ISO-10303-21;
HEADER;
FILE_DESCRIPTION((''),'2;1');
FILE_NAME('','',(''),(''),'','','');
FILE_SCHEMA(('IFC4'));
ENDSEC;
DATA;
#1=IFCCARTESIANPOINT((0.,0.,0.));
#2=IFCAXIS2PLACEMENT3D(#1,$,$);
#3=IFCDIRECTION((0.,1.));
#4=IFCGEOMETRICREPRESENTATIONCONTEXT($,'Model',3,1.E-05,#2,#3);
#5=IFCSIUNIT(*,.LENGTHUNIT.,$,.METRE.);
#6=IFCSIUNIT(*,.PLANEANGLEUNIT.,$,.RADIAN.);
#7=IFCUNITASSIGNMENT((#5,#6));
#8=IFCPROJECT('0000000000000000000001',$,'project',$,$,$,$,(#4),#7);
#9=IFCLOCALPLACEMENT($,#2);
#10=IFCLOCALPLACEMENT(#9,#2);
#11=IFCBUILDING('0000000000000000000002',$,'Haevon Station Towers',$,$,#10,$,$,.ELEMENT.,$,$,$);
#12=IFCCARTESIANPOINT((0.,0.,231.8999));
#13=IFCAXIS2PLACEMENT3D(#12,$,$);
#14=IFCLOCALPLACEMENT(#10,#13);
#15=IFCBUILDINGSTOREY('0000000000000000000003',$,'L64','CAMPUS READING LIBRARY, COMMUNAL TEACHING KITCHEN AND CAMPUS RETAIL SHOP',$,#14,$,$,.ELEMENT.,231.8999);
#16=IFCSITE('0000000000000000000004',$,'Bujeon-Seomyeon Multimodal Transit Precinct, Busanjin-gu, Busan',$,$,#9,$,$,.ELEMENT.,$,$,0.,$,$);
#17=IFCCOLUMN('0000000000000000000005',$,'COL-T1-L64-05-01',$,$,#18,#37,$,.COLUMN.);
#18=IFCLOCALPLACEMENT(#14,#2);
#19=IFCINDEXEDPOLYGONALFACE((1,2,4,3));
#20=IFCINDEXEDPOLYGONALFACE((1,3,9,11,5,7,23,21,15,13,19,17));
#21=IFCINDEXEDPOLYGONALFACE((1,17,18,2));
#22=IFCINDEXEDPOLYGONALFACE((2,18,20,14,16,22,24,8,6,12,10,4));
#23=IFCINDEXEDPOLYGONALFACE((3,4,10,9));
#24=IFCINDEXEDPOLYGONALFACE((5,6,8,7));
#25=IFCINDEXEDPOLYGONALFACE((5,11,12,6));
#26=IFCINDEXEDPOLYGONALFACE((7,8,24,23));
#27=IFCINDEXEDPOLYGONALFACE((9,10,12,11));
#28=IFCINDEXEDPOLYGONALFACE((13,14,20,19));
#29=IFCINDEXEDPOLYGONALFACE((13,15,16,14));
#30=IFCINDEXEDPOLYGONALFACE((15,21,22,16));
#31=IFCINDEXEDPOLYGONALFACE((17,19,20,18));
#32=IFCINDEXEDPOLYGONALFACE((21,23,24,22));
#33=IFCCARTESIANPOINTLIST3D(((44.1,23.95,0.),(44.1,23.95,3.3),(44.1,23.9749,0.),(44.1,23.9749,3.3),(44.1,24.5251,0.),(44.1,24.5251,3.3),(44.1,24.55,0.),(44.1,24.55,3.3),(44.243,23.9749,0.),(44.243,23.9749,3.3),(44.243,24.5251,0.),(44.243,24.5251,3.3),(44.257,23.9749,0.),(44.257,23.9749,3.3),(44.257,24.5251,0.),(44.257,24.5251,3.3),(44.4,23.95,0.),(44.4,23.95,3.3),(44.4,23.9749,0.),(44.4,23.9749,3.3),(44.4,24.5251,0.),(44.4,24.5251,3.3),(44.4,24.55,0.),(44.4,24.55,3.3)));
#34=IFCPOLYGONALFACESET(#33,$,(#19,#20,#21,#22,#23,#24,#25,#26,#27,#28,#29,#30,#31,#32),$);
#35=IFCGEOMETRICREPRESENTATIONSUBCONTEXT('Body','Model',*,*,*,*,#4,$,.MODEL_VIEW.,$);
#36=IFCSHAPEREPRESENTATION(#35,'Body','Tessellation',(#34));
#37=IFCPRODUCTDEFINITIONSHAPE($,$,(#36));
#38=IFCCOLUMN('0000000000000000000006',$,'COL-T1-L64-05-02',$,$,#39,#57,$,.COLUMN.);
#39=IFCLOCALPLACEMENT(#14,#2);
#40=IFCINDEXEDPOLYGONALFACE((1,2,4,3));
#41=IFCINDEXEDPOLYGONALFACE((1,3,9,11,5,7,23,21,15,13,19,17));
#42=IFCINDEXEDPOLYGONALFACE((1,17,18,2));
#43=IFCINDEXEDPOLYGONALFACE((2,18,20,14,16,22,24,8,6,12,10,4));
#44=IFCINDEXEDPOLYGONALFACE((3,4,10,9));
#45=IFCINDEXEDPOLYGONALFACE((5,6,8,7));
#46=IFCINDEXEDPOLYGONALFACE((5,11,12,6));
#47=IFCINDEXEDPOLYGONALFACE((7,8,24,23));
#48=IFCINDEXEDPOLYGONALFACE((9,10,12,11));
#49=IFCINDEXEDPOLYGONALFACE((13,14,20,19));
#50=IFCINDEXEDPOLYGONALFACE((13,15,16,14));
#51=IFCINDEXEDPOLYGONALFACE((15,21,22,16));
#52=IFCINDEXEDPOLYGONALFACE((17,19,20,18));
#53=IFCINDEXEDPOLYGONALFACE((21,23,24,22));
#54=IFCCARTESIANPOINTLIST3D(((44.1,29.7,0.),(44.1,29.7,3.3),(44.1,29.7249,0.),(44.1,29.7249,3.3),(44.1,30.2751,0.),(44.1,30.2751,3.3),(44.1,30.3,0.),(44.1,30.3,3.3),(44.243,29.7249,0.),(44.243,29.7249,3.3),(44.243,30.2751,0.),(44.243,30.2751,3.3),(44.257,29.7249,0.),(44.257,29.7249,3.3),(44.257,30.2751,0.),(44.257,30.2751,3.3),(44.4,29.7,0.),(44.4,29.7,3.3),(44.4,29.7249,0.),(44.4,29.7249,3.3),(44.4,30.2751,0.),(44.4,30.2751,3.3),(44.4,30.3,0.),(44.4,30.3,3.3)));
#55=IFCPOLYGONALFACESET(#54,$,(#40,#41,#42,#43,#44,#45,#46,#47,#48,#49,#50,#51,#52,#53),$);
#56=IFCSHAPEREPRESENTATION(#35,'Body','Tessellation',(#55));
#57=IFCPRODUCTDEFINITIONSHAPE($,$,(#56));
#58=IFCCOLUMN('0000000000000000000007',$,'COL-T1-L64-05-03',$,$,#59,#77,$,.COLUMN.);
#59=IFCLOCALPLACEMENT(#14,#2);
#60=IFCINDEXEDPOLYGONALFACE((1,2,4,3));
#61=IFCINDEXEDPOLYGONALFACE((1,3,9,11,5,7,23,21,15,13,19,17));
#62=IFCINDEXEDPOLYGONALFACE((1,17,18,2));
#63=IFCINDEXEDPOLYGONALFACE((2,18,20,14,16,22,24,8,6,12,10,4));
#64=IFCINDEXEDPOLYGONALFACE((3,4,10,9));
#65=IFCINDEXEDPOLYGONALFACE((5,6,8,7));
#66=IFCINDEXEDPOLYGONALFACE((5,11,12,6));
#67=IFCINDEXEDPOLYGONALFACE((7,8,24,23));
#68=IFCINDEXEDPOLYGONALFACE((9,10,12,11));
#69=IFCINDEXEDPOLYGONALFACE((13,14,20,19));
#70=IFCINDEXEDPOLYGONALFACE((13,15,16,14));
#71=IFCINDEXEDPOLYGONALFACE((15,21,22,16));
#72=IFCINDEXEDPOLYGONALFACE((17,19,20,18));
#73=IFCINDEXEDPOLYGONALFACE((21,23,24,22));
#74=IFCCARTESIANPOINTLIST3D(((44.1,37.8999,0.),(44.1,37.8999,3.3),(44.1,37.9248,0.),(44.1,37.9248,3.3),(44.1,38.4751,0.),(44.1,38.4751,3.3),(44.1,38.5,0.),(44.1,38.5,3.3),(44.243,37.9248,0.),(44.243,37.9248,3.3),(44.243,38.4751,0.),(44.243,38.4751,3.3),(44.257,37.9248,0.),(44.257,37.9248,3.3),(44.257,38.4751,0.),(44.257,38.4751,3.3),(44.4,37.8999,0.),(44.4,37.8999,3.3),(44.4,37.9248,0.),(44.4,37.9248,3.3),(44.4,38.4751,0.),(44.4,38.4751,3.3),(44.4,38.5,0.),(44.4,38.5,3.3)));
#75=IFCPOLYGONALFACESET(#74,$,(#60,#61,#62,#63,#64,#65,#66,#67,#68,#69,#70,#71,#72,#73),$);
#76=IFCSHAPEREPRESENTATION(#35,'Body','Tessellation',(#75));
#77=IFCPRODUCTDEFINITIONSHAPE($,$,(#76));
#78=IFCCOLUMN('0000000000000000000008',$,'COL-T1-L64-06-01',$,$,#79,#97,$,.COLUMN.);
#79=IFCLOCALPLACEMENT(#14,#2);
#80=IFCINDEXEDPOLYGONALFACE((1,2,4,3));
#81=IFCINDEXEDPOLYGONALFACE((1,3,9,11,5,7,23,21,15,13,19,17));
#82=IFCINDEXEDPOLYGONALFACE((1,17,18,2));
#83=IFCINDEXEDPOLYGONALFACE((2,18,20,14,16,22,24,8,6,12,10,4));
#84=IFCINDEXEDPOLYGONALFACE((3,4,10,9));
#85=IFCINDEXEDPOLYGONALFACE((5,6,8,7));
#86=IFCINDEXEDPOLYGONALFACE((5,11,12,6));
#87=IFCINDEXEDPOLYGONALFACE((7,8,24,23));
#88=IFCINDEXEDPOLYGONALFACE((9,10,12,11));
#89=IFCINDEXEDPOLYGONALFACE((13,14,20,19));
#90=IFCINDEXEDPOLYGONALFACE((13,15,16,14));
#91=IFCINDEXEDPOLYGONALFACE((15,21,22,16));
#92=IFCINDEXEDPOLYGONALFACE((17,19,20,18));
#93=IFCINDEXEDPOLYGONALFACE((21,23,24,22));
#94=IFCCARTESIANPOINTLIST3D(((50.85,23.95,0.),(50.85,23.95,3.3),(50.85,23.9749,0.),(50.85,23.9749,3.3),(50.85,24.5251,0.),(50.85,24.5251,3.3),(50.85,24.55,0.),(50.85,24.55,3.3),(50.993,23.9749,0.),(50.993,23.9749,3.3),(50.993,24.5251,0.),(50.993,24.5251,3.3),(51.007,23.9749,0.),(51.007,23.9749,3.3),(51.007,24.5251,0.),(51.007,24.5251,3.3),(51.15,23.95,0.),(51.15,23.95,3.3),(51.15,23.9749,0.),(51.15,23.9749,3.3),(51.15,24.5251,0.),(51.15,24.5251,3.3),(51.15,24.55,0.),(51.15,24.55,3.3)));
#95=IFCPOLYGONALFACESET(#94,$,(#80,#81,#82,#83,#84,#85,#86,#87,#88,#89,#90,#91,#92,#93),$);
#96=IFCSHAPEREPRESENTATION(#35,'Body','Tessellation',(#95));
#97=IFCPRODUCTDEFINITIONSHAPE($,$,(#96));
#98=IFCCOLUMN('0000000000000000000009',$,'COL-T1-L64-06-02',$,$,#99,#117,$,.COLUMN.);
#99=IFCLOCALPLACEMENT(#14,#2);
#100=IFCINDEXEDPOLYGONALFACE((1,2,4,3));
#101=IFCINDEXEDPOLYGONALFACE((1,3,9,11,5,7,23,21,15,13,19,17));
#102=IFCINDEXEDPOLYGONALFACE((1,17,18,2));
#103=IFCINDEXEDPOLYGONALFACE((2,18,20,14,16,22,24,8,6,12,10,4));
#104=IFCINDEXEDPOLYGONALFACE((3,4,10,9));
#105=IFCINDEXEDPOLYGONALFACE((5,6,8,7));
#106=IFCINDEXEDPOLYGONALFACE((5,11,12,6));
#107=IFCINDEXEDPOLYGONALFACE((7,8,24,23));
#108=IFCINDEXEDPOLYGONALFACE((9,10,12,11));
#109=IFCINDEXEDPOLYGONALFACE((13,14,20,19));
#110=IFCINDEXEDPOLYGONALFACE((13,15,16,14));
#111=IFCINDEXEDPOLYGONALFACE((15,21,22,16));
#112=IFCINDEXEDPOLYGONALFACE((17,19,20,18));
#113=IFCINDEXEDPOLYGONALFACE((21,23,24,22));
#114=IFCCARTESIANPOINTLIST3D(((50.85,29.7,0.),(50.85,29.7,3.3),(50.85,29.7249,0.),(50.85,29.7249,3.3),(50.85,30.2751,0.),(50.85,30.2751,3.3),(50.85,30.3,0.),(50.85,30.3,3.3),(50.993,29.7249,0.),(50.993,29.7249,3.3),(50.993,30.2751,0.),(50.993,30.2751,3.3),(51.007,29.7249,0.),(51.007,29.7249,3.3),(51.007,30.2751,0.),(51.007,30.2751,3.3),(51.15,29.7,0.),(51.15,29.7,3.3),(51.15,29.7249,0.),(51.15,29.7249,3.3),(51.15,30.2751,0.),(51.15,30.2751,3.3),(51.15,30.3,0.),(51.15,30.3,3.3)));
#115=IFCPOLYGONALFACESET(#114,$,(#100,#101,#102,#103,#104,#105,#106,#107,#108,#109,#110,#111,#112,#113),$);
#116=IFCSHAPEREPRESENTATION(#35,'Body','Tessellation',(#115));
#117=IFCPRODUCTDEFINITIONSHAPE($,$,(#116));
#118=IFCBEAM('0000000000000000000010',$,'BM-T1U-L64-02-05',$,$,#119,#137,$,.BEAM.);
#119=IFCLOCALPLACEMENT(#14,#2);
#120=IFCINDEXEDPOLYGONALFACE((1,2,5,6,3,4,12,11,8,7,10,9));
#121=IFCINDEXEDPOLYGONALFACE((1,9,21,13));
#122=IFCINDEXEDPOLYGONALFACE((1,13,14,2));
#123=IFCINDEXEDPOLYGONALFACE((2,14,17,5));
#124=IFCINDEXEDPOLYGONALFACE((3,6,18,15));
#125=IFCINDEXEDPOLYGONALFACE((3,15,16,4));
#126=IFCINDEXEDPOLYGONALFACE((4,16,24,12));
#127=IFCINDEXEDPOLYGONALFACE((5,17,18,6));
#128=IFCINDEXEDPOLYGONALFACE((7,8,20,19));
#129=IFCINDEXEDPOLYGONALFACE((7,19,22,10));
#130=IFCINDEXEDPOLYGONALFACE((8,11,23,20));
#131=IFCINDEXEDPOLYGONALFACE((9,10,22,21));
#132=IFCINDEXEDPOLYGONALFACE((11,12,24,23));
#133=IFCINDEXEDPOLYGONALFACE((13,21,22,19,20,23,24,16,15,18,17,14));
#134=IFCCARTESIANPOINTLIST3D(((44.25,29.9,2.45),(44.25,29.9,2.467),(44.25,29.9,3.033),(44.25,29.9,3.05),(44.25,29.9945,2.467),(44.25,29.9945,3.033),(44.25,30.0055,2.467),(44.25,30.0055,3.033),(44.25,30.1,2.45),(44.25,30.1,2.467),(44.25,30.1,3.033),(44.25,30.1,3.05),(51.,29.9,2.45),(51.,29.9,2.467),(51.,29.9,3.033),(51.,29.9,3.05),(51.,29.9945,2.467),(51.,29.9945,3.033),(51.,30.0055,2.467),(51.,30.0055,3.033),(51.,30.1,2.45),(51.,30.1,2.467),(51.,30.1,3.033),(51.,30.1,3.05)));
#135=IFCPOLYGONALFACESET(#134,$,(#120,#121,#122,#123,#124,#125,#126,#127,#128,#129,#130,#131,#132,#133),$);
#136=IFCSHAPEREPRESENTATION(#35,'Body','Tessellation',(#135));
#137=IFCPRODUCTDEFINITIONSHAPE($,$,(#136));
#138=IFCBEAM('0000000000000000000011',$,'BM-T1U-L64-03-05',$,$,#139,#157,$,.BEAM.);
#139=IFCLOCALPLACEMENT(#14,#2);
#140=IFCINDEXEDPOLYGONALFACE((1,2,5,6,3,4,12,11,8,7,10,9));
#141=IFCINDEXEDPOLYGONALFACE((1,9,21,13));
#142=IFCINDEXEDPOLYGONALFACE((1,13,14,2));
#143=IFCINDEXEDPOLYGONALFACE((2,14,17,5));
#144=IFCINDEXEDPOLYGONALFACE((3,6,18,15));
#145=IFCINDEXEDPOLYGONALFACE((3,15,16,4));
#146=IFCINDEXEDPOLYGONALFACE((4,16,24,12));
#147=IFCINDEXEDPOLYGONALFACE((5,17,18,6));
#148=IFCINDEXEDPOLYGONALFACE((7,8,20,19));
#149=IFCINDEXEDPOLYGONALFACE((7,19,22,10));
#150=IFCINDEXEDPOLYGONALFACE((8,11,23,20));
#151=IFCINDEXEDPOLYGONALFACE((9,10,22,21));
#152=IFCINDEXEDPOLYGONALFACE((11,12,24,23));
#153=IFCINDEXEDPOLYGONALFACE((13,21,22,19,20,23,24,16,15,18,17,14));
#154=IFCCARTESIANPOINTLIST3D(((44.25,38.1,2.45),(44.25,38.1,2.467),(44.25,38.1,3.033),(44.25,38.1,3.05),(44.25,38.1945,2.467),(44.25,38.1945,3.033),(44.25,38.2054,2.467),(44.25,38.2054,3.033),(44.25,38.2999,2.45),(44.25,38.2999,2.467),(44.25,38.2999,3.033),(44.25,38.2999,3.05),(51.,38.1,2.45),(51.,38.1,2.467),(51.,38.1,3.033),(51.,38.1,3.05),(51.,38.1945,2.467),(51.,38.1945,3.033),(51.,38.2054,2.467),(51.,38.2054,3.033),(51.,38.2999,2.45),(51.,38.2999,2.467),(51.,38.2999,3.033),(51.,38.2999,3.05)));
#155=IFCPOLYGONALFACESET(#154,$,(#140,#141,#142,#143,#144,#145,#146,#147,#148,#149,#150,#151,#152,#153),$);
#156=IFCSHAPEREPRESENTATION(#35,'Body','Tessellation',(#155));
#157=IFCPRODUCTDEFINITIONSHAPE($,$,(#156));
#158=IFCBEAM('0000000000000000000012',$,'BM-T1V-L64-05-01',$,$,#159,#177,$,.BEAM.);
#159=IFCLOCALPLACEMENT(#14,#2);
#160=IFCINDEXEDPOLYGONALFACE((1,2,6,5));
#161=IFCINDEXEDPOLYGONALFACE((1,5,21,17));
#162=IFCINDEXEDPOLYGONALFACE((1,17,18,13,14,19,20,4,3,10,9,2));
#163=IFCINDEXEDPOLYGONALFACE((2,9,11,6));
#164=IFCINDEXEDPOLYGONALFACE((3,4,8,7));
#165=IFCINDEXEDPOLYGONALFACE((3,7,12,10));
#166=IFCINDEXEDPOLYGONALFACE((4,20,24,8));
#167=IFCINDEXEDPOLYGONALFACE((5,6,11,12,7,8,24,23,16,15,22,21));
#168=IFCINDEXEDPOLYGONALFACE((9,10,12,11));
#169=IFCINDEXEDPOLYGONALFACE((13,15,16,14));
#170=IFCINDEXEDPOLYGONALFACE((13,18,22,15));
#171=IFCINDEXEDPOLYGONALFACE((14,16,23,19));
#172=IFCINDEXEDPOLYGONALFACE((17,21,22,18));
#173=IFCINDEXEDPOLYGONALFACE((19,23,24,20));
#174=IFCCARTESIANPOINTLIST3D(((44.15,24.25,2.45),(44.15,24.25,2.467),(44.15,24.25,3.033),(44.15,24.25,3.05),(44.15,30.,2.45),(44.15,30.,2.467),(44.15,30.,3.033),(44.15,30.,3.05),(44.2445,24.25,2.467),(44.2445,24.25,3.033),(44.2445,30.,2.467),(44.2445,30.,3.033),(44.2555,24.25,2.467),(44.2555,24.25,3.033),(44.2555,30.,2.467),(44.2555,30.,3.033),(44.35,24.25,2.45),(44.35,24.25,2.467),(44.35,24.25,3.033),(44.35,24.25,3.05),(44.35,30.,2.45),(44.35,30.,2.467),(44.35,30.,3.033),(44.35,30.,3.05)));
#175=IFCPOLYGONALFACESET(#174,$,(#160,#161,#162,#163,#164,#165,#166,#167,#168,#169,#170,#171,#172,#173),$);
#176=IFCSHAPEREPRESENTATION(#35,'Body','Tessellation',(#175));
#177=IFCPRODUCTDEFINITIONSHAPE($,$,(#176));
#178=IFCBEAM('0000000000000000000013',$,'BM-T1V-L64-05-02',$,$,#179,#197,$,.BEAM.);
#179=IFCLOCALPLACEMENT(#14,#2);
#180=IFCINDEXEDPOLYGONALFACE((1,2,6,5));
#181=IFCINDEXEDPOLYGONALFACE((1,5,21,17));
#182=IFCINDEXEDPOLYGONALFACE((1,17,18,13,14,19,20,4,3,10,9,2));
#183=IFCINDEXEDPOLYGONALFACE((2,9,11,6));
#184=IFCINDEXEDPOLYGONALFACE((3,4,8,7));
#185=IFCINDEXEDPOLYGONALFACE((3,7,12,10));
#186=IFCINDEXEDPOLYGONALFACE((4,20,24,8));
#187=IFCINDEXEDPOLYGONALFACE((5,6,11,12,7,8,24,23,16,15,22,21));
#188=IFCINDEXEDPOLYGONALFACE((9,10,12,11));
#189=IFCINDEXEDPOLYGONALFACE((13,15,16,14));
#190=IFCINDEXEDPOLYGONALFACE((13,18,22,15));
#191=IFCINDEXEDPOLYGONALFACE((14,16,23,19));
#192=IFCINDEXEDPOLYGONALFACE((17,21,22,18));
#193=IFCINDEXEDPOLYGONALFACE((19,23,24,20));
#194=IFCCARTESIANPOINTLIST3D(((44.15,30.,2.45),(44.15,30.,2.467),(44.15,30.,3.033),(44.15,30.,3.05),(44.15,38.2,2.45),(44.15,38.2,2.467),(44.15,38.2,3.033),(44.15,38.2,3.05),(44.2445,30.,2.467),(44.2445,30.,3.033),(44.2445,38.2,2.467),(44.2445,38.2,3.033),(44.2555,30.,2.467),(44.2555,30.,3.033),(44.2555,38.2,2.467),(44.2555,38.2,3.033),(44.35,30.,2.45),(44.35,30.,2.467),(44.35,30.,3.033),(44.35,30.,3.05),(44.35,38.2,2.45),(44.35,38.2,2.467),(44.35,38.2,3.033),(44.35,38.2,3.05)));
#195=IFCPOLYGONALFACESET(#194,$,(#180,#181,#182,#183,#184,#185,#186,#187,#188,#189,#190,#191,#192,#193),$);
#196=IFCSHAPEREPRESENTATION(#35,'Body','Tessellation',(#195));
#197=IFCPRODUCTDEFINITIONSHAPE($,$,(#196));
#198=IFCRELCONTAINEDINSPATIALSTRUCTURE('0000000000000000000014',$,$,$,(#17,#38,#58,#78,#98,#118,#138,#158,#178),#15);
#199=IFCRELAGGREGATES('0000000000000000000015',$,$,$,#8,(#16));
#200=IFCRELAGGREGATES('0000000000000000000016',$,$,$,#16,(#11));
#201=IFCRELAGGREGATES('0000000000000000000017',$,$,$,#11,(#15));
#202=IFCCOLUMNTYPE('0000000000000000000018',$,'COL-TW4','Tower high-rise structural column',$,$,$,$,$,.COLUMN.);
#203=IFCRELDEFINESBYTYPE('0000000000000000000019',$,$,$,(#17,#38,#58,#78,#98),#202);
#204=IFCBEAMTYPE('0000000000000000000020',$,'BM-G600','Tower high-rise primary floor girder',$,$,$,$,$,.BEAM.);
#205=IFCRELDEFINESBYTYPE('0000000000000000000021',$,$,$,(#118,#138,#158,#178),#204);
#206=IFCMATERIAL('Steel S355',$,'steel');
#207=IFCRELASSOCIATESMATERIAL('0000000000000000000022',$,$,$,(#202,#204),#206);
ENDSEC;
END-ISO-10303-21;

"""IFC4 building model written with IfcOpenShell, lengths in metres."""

from ifc_helpers import new_model, si_unit, direction, frame, origin, origin_2d, place, context, subcontext, project, spatial, i_section, extrude, material, material_profile, profile_set, type_object, element, save


model = new_model("IFC4")

# Units and contexts
model_context = context("Model", 3, precision=1e-05, world=origin(), true_north=direction((0.0, 1.0)))
body_context = subcontext(model_context, "Body", "Model", "MODEL_VIEW")
ifc_project = project(units=[si_unit("LENGTHUNIT", "METRE"), si_unit("PLANEANGLEUNIT", "RADIAN")], contexts=[model_context])

# Site, building, storey
site_placement = place(None, origin())
site = spatial("IfcSite", under=ifc_project, at=site_placement, Name="Bujeon-Seomyeon Multimodal Transit Precinct, Busanjin-gu, Busan", CompositionType="ELEMENT", RefElevation=0.0)
building_placement = place(site_placement, origin())
building = spatial("IfcBuilding", under=site, at=building_placement, Name="Haevon Station Towers", CompositionType="ELEMENT")
storey_placement = place(building_placement, frame((0.0, 0.0, 231.8999)))
storey = spatial("IfcBuildingStorey", under=building, at=storey_placement, Name="L64", Description="CAMPUS READING LIBRARY, COMMUNAL TEACHING KITCHEN AND CAMPUS RETAIL SHOP", CompositionType="ELEMENT", Elevation=231.8999)

# Columns
ifc_material_1 = material(Name="Steel S355", Category="steel")
ifc_material_profile_1 = material_profile(ifc_material_1, i_section(OverallWidth=0.3, OverallDepth=0.6001, WebThickness=0.0139, FlangeThickness=0.0249, at=origin_2d()), Name="H-600x300x14x25")
ifc_profile_set_1 = profile_set([ifc_material_profile_1], Name="Steel S355")
column_type = type_object("IfcColumnType", Name="COL-TW4", Description="Tower high-rise structural column", PredefinedType="COLUMN", material=ifc_profile_set_1)
for number, where, z_axis, x_axis, name in (
    (1, (44.25, 24.25, 0.0), (0.0, 0.0, 1.0), (1.0, 0.0, 0.0), "COL-T1-L64-05-01"),
    (2, (44.25, 30.0, 0.0), (0.0, 0.0, 1.0), (1.0, 0.0, 0.0), "COL-T1-L64-05-02"),
    (3, (44.25, 38.2, 0.0), (0.0, 0.0, 1.0), (1.0, 0.0, 0.0), "COL-T1-L64-05-03"),
    (4, (51.0, 24.25, 0.0), (0.0, 0.0, 1.0), (1.0, 0.0, 0.0), "COL-T1-L64-06-01"),
    (5, (51.0, 30.0, 0.0), (0.0, 0.0, 1.0), (1.0, 0.0, 0.0), "COL-T1-L64-06-02"),
):
    element("IfcColumn", number, at=place(storey_placement, frame(where, z_axis=z_axis, x_axis=x_axis)), inside=storey, type_object=column_type, Name=name, PredefinedType="COLUMN", context=body_context, shape_type="SweptSolid", body=[
        extrude(i_section(OverallWidth=0.3, OverallDepth=0.6001, WebThickness=0.0139, FlangeThickness=0.0249, at=origin_2d()), origin(), (0.0, 0.0, 1.0), 3.3),
    ])

# Beams
ifc_material_profile_2 = material_profile(ifc_material_1, i_section(OverallWidth=0.2, OverallDepth=0.6001, WebThickness=0.011, FlangeThickness=0.0171, at=origin_2d()), Name="H-600x200x11x17")
ifc_profile_set_2 = profile_set([ifc_material_profile_2], Name="Steel S355")
beam_type_1 = type_object("IfcBeamType", Name="BM-G600", Description="Tower high-rise primary floor girder", PredefinedType="BEAM", material=ifc_profile_set_2)
for number, where, z_axis, x_axis, name in (
    (6, (44.25, 30.0, 2.75), (1.0, 0.0, 0.0), (0.0, 1.0, 0.0), "BM-T1U-L64-02-05"),
    (7, (44.25, 38.2, 2.75), (1.0, 0.0, 0.0), (0.0, 1.0, 0.0), "BM-T1U-L64-03-05"),
):
    element("IfcBeam", number, at=place(storey_placement, frame(where, z_axis=z_axis, x_axis=x_axis)), inside=storey, type_object=beam_type_1, Name=name, PredefinedType="BEAM", context=body_context, shape_type="SweptSolid", body=[
        extrude(i_section(OverallWidth=0.2, OverallDepth=0.6001, WebThickness=0.011, FlangeThickness=0.0171, at=origin_2d()), origin(), (0.0, 0.0, 1.0), 6.75),
    ])
beam_1_placement = place(storey_placement, frame((44.25, 24.25, 2.75), z_axis=(0.0, 1.0, 0.0), x_axis=(-1.0, 0.0, 0.0)))
element("IfcBeam", 8, at=beam_1_placement, inside=storey, type_object=beam_type_1, Name="BM-T1V-L64-05-01", PredefinedType="BEAM", context=body_context, shape_type="SweptSolid", body=[
    extrude(i_section(OverallWidth=0.2, OverallDepth=0.6001, WebThickness=0.011, FlangeThickness=0.0171, at=origin_2d()), origin(), (0.0, 0.0, 1.0), 5.75),
])
beam_2_placement = place(storey_placement, frame((44.25, 30.0, 2.75), z_axis=(0.0, 1.0, 0.0), x_axis=(-1.0, 0.0, 0.0)))
element("IfcBeam", 9, at=beam_2_placement, inside=storey, type_object=beam_type_1, Name="BM-T1V-L64-05-02", PredefinedType="BEAM", context=body_context, shape_type="SweptSolid", body=[
    extrude(i_section(OverallWidth=0.2, OverallDepth=0.6001, WebThickness=0.011, FlangeThickness=0.0171, at=origin_2d()), origin(), (0.0, 0.0, 1.0), 8.2),
])

save(model, "model.ifc")
